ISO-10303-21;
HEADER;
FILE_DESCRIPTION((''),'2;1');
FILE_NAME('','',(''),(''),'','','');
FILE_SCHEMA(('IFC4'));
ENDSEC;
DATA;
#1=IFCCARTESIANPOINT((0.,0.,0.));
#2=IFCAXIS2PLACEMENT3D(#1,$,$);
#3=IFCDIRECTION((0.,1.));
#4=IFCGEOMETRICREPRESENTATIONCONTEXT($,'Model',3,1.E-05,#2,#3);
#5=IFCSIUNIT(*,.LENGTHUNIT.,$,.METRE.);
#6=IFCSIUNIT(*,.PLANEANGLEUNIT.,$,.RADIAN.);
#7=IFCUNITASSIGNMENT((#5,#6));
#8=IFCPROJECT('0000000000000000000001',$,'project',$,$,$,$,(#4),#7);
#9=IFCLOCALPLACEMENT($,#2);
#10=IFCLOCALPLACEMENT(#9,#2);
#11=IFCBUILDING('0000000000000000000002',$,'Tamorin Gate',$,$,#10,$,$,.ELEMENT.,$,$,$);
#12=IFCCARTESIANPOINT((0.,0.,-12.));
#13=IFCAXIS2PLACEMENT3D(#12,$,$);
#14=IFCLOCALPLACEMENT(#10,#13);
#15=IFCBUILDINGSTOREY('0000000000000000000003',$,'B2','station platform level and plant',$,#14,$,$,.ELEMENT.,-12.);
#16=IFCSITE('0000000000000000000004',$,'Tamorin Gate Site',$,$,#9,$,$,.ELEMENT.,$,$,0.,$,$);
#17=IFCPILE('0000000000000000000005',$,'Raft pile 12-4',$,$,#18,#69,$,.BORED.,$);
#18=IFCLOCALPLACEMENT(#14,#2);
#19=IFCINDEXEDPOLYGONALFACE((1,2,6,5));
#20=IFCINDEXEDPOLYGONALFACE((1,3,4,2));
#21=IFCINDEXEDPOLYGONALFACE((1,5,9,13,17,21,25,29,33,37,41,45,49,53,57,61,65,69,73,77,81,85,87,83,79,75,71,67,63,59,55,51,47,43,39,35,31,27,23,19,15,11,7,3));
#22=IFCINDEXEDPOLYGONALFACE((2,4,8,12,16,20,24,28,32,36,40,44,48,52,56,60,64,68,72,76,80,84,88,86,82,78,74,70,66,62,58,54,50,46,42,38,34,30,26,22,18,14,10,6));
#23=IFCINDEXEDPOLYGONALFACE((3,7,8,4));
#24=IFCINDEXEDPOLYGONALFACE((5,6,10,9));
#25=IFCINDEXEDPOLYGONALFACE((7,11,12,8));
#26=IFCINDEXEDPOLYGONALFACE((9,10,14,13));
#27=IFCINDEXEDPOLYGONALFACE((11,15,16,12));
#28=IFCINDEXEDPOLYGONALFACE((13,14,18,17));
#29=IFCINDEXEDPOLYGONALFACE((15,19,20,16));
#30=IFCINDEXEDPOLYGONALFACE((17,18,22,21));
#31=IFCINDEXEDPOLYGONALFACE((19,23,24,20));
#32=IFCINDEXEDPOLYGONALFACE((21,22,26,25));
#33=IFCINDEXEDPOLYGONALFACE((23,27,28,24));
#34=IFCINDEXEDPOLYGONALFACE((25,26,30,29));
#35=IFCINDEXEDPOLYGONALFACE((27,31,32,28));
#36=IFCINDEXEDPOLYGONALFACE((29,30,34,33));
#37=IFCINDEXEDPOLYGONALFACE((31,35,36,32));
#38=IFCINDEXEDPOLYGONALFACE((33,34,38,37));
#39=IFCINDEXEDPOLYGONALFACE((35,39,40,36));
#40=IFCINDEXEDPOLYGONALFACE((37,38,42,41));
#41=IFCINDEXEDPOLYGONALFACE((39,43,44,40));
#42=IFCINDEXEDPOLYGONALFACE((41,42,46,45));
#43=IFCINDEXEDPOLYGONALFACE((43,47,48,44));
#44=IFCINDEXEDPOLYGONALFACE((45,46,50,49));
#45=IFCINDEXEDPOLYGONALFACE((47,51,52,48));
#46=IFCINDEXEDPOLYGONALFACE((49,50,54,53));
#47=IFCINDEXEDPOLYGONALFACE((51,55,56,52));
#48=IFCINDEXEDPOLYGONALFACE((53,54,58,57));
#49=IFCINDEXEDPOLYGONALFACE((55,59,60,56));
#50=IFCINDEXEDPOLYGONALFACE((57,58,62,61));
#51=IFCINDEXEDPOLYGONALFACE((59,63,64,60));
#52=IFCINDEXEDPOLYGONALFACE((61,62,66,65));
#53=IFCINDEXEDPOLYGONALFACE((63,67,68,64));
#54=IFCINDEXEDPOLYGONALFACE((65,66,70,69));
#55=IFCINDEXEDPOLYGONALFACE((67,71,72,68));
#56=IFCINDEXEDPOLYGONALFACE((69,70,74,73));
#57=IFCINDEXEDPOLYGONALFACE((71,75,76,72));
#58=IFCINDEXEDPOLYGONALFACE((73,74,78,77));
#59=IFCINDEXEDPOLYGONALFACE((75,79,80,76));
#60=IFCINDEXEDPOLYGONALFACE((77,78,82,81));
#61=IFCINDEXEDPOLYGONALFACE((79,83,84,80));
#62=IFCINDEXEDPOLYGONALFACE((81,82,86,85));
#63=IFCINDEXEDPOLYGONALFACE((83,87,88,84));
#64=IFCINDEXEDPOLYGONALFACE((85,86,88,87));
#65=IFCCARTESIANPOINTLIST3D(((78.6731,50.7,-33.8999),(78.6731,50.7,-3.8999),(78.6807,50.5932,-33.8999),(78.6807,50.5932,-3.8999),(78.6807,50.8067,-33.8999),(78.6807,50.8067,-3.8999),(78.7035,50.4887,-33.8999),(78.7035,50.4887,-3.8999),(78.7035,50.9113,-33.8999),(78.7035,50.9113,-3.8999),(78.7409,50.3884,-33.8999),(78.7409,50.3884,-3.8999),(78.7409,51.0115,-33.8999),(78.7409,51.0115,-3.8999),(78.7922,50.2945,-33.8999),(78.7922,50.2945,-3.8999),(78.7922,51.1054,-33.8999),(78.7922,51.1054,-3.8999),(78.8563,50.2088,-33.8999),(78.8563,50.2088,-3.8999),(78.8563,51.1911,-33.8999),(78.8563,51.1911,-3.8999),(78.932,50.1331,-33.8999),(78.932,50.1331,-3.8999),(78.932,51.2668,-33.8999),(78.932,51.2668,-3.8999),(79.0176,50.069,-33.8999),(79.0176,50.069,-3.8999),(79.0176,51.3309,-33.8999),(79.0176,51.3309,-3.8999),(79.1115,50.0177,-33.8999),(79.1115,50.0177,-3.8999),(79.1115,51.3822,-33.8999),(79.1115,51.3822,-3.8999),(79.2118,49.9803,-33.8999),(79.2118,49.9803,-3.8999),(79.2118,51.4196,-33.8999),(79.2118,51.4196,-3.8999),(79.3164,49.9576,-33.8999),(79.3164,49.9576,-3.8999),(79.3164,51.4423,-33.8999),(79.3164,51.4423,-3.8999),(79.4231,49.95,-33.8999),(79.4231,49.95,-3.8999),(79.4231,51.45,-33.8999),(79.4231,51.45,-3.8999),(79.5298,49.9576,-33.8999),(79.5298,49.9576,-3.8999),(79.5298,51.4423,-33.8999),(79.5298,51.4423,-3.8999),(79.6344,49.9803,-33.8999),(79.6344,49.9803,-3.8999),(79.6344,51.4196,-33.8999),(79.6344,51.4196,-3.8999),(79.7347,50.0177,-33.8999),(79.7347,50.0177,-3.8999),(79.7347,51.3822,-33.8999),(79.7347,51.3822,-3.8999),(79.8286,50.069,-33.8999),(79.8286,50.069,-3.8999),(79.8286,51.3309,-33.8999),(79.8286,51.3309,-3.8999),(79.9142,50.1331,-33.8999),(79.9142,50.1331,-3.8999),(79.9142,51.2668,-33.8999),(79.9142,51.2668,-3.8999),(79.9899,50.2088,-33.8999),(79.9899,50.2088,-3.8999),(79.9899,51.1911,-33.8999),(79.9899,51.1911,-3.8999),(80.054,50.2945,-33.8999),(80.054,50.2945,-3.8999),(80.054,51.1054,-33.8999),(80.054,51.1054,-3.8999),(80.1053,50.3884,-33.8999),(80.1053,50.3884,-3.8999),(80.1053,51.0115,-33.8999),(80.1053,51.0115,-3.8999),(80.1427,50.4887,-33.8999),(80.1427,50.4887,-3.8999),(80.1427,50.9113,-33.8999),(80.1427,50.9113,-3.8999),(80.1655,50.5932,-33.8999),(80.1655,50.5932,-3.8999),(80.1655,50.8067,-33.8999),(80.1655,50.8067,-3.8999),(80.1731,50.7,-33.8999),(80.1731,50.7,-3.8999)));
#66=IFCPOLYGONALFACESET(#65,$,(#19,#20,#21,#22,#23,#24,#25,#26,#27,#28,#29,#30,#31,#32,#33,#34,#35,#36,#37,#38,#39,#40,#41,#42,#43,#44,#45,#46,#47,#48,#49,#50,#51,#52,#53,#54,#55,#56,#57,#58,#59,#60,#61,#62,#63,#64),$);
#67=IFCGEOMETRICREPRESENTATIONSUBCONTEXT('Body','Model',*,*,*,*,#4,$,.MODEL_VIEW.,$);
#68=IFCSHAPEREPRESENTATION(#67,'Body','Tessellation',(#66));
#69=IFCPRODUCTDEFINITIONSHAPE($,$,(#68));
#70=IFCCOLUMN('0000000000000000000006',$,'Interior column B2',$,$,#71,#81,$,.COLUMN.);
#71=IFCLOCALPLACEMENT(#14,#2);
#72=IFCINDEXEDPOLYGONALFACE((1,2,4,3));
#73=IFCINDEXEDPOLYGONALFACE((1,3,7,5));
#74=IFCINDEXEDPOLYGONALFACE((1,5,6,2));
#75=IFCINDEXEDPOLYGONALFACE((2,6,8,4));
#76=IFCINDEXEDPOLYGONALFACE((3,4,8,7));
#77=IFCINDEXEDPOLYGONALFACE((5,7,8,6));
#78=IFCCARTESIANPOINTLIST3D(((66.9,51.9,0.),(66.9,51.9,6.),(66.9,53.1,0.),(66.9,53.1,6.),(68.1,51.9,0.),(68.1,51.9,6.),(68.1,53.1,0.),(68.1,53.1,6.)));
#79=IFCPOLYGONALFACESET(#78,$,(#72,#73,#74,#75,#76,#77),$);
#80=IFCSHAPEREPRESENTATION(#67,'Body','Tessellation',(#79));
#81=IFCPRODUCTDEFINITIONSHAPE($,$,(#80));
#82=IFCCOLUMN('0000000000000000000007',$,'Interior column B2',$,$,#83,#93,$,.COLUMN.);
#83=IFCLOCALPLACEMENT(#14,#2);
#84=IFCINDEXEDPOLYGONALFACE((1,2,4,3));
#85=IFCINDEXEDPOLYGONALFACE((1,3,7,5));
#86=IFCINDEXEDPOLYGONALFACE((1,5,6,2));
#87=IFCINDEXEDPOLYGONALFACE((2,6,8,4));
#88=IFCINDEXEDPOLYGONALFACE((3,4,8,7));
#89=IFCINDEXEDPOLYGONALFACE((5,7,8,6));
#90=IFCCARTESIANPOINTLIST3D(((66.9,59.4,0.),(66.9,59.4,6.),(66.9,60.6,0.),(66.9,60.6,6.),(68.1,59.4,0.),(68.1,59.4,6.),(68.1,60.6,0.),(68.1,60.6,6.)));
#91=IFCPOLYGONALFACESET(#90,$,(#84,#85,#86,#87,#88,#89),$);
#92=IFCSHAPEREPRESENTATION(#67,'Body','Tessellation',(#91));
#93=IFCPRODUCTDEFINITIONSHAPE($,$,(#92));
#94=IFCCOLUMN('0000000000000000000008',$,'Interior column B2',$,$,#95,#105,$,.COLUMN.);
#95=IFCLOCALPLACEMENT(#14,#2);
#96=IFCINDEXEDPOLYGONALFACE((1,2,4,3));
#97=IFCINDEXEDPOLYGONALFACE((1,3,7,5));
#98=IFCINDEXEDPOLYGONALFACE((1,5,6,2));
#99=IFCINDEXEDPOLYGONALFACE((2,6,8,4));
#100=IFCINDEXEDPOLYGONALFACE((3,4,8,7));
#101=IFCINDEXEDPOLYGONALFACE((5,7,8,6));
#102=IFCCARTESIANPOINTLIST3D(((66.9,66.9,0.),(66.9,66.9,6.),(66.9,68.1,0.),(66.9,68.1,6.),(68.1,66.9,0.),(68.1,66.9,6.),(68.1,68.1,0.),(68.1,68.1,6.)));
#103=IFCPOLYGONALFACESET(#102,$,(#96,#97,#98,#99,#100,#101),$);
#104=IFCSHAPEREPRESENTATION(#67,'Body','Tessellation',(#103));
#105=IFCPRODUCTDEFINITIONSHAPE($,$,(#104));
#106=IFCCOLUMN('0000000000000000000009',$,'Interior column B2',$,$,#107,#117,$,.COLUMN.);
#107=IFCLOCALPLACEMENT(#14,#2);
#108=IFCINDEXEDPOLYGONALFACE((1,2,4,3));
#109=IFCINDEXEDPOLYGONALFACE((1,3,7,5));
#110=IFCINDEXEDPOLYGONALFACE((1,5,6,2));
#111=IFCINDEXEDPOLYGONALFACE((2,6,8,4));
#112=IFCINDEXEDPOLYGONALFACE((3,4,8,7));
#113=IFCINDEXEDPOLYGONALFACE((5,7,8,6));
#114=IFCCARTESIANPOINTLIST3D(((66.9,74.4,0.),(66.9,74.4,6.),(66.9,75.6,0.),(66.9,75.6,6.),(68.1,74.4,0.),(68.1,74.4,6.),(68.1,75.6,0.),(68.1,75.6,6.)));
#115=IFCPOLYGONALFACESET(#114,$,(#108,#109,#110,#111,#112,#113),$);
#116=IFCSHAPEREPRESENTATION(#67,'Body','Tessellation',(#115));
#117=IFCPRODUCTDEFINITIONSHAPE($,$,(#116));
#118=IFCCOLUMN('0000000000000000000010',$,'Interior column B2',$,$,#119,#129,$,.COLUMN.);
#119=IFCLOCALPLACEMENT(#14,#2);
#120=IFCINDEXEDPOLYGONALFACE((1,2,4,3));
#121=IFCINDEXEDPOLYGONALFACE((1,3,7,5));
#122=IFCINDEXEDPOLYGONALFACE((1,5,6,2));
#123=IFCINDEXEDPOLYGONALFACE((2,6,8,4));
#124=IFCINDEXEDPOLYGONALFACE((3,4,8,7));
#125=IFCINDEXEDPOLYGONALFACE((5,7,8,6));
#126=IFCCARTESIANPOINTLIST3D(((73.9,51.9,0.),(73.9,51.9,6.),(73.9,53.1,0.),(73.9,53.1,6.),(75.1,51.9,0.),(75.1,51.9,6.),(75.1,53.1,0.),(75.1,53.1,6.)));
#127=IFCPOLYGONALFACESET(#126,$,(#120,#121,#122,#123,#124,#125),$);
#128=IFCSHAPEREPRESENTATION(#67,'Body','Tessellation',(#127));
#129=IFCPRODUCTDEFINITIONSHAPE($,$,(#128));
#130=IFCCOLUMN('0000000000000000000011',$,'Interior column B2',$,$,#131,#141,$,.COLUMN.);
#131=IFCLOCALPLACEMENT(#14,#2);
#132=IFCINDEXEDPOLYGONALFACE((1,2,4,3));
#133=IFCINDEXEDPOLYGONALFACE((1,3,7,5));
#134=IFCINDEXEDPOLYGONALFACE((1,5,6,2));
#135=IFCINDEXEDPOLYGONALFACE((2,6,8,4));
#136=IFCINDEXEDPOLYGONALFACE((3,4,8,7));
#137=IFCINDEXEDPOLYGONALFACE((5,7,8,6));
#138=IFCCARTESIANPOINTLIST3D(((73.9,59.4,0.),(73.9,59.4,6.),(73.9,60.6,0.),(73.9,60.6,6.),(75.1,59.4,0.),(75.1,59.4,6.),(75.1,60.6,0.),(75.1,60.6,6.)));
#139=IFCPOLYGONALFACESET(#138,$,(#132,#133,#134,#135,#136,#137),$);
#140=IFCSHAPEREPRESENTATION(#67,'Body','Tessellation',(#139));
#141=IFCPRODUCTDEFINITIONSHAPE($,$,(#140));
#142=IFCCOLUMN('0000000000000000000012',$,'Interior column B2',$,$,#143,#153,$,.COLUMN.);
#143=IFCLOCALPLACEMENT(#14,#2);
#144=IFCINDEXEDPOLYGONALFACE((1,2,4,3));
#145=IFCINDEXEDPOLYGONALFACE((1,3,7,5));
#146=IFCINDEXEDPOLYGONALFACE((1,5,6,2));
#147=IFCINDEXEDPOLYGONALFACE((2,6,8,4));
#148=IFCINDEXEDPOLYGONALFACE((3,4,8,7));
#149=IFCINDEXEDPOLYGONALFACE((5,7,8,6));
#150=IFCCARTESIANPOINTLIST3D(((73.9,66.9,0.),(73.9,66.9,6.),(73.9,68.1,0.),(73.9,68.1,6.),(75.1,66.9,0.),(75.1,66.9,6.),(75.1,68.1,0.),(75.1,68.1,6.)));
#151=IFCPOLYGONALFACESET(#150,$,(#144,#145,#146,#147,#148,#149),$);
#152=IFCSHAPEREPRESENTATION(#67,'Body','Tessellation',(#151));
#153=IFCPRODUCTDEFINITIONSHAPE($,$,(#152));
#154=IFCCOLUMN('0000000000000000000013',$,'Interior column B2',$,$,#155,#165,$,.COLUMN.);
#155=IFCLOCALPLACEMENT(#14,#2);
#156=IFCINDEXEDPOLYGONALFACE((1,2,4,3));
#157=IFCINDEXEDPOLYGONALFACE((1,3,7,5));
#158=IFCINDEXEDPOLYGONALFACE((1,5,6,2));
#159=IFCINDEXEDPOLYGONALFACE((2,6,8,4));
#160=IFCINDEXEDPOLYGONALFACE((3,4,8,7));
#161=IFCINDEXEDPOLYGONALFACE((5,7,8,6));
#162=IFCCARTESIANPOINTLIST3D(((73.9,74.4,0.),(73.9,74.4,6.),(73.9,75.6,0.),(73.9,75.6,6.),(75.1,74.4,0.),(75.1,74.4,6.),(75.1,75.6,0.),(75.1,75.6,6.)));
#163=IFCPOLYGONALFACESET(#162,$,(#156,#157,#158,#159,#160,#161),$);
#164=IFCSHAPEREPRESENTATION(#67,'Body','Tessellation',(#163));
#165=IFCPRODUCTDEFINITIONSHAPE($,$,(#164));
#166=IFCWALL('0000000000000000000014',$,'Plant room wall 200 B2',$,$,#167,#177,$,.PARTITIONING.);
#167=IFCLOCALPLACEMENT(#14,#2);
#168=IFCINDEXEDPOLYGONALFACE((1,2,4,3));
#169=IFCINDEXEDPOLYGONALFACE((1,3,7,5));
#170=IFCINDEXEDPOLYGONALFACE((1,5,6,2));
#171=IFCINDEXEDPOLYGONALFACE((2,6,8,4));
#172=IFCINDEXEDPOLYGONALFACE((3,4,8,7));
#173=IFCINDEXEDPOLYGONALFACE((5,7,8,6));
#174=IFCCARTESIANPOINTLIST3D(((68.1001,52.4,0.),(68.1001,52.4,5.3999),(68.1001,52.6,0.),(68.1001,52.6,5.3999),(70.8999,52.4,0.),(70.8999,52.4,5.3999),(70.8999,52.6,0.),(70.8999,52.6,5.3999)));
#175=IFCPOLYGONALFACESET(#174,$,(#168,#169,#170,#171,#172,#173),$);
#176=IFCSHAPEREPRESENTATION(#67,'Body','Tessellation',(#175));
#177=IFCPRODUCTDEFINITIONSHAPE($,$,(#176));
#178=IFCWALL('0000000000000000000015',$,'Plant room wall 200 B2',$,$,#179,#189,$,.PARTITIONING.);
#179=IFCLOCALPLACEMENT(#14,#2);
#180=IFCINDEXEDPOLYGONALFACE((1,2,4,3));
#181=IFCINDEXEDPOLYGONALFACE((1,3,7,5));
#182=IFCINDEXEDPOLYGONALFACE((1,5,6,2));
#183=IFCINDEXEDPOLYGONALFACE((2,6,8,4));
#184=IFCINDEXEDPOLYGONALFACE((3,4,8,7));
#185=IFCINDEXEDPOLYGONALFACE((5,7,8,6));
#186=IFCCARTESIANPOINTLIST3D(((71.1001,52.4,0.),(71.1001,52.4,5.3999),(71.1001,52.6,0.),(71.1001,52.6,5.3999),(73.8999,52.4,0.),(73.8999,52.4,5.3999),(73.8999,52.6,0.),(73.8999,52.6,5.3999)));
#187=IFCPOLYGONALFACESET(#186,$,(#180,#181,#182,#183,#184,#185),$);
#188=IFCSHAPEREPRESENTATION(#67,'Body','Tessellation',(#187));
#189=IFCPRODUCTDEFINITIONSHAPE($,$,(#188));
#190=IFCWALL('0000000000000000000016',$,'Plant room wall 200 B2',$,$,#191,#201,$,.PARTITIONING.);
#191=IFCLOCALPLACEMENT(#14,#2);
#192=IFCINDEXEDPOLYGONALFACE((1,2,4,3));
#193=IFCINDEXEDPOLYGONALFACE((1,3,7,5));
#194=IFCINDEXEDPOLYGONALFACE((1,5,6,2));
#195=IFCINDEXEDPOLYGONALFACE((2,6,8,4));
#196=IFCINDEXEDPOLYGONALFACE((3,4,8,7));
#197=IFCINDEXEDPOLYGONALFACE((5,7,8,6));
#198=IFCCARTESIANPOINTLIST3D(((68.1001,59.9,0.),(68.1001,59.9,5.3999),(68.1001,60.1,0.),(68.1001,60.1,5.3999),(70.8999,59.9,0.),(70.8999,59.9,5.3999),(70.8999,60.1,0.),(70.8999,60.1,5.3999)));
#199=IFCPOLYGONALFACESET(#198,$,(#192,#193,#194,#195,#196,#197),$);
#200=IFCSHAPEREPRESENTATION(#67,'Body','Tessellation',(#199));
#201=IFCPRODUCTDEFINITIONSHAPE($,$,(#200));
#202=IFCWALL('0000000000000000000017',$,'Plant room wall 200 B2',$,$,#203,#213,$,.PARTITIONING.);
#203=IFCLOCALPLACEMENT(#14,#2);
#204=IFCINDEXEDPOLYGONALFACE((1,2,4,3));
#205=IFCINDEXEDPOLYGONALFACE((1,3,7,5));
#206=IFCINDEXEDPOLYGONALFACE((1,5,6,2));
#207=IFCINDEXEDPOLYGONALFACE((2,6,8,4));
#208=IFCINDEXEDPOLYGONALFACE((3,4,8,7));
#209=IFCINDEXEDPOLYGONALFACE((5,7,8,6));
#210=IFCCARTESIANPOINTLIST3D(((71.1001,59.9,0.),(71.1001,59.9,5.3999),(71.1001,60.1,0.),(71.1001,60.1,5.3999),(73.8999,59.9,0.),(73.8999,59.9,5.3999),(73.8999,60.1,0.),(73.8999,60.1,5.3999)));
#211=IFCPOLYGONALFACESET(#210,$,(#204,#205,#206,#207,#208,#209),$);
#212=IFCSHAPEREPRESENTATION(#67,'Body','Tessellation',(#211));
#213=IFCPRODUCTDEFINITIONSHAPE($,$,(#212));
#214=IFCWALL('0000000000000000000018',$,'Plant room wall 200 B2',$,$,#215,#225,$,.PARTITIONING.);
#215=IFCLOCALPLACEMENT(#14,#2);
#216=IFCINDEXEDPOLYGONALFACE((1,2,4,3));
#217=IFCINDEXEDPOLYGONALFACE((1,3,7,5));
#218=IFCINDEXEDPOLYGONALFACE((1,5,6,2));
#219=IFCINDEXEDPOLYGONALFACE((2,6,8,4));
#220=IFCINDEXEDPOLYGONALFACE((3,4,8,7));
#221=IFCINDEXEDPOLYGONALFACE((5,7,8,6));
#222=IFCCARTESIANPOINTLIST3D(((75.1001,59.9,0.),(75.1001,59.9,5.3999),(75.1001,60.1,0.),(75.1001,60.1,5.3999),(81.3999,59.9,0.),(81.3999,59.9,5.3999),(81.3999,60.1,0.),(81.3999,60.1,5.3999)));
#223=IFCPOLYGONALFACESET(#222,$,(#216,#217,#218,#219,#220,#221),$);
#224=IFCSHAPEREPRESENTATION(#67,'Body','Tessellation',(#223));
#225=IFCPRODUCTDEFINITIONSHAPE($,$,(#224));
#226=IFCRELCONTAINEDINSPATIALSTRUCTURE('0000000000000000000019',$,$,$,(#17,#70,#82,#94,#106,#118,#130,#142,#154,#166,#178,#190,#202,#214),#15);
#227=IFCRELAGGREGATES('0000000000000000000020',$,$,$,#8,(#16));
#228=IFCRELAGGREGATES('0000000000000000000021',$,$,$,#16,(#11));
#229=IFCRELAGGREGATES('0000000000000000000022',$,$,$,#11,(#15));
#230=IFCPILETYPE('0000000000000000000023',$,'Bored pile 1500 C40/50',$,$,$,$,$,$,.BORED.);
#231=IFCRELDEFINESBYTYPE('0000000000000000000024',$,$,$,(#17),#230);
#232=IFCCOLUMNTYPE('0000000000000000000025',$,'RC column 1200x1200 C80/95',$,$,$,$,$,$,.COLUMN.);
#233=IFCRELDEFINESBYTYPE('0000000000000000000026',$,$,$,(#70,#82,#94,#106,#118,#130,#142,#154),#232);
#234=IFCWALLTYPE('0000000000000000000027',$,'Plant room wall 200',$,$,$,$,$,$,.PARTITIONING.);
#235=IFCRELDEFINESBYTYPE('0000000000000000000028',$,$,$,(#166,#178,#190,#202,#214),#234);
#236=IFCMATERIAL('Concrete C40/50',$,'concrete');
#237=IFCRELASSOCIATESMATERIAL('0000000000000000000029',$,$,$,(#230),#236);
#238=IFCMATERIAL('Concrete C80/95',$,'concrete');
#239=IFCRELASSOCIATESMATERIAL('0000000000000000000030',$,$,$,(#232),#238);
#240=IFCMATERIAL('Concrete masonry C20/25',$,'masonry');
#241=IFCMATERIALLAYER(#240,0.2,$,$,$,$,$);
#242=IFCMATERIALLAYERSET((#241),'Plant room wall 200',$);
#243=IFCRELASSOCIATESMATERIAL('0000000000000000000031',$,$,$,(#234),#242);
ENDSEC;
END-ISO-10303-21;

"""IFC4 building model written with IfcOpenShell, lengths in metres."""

from ifc_helpers import new_model, si_unit, direction, frame, frame_2d, origin, origin_2d, place, context, subcontext, project, spatial, rectangle, circle, extrude, material, layer, layer_set, material_profile, profile_set, type_object, element, save


model = new_model("IFC4")

# Units and contexts
model_context = context("Model", 3, precision=1e-05, world=origin(), true_north=direction((0.0, 1.0)))
body_context = subcontext(model_context, "Body", "Model", "MODEL_VIEW")
ifc_project = project(units=[si_unit("LENGTHUNIT", "METRE"), si_unit("PLANEANGLEUNIT", "RADIAN")], contexts=[model_context])

# Site, building, storey
site_placement = place(None, origin())
site = spatial("IfcSite", under=ifc_project, at=site_placement, Name="Tamorin Gate Site", CompositionType="ELEMENT", RefElevation=0.0)
building_placement = place(site_placement, origin())
building = spatial("IfcBuilding", under=site, at=building_placement, Name="Tamorin Gate", CompositionType="ELEMENT")
storey_placement = place(building_placement, frame((0.0, 0.0, -12.0)))
storey = spatial("IfcBuildingStorey", under=building, at=storey_placement, Name="B2", Description="station platform level and plant", CompositionType="ELEMENT", Elevation=-12.0)

# Pile
ifc_material_1 = material(Name="Concrete C40/50", Category="concrete")
ifc_material_profile_1 = material_profile(ifc_material_1, circle(Radius=0.75, at=origin_2d()))
ifc_profile_set_1 = profile_set([ifc_material_profile_1], Name="Concrete C40/50")
pile_type = type_object("IfcPileType", Name="Bored pile 1500 C40/50", PredefinedType="BORED", material=ifc_profile_set_1)
for number, where, z_axis, x_axis, name in (
    (1, (79.4231, 50.7, -3.8999), (0.0, 0.0, -1.0), (1.0, 0.0, 0.0), "Raft pile 12-4"),
):
    element("IfcPile", number, at=place(storey_placement, frame(where, z_axis=z_axis, x_axis=x_axis)), inside=storey, type_object=pile_type, Name=name, PredefinedType="BORED", context=body_context, shape_type="SweptSolid", body=[
        extrude(circle(Radius=0.75, at=origin_2d()), origin(), (0.0, 0.0, 1.0), 30.0),
    ])

# Columns
ifc_material_2 = material(Name="Concrete C80/95", Category="concrete")
ifc_material_profile_2 = material_profile(ifc_material_2, rectangle(XDim=1.2, YDim=1.2, at=origin_2d()), Name="RC 1200x1200")
ifc_profile_set_2 = profile_set([ifc_material_profile_2], Name="Concrete C80/95")
column_type = type_object("IfcColumnType", Name="RC column 1200x1200 C80/95", PredefinedType="COLUMN", material=ifc_profile_set_2)
for number, where, z_axis, x_axis, name in (
    (2, (67.5, 52.5, 0.0), (0.0, 0.0, 1.0), (1.0, 0.0, 0.0), "Interior column B2"),
    (3, (67.5, 60.0, 0.0), (0.0, 0.0, 1.0), (1.0, 0.0, 0.0), "Interior column B2"),
    (4, (67.5, 67.5, 0.0), (0.0, 0.0, 1.0), (1.0, 0.0, 0.0), "Interior column B2"),
    (5, (67.5, 75.0, 0.0), (0.0, 0.0, 1.0), (1.0, 0.0, 0.0), "Interior column B2"),
    (6, (74.5, 52.5, 0.0), (0.0, 0.0, 1.0), (1.0, 0.0, 0.0), "Interior column B2"),
    (7, (74.5, 60.0, 0.0), (0.0, 0.0, 1.0), (1.0, 0.0, 0.0), "Interior column B2"),
    (8, (74.5, 67.5, 0.0), (0.0, 0.0, 1.0), (1.0, 0.0, 0.0), "Interior column B2"),
    (9, (74.5, 75.0, 0.0), (0.0, 0.0, 1.0), (1.0, 0.0, 0.0), "Interior column B2"),
):
    element("IfcColumn", number, at=place(storey_placement, frame(where, z_axis=z_axis, x_axis=x_axis)), inside=storey, type_object=column_type, Name=name, PredefinedType="COLUMN", context=body_context, shape_type="SweptSolid", body=[
        extrude(rectangle(XDim=1.2, YDim=1.2, at=origin_2d()), origin(), (0.0, 0.0, 1.0), 6.0),
    ])

# Walls
ifc_material_3 = material(Name="Concrete masonry C20/25", Category="masonry")
ifc_layer = layer(ifc_material_3, 0.2)
ifc_layer_set = layer_set([ifc_layer], Name="Plant room wall 200")
wall_type = type_object("IfcWallType", Name="Plant room wall 200", PredefinedType="PARTITIONING", material=ifc_layer_set)
for number, where, z_axis, x_axis, name in (
    (10, (68.1001, 52.5, 0.0), (0.0, 0.0, 1.0), (1.0, 0.0, 0.0), "Plant room wall 200 B2"),
    (11, (71.1001, 52.5, 0.0), (0.0, 0.0, 1.0), (1.0, 0.0, 0.0), "Plant room wall 200 B2"),
    (12, (68.1001, 60.0, 0.0), (0.0, 0.0, 1.0), (1.0, 0.0, 0.0), "Plant room wall 200 B2"),
    (13, (71.1001, 60.0, 0.0), (0.0, 0.0, 1.0), (1.0, 0.0, 0.0), "Plant room wall 200 B2"),
):
    element("IfcWall", number, at=place(storey_placement, frame(where, z_axis=z_axis, x_axis=x_axis)), inside=storey, type_object=wall_type, Name=name, PredefinedType="PARTITIONING", context=body_context, shape_type="SweptSolid", body=[
        extrude(rectangle(XDim=2.7998, YDim=0.2, at=frame_2d((1.3999, 0.0))), origin(), (0.0, 0.0, 1.0), 5.3999),
    ])
wall_1_placement = place(storey_placement, frame((75.1001, 60.0, 0.0), z_axis=(0.0, 0.0, 1.0), x_axis=(1.0, 0.0, 0.0)))
element("IfcWall", 14, at=wall_1_placement, inside=storey, type_object=wall_type, Name="Plant room wall 200 B2", PredefinedType="PARTITIONING", context=body_context, shape_type="SweptSolid", body=[
    extrude(rectangle(XDim=6.2998, YDim=0.2, at=frame_2d((3.1499, 0.0))), origin(), (0.0, 0.0, 1.0), 5.3999),
])

save(model, "model.ifc")
